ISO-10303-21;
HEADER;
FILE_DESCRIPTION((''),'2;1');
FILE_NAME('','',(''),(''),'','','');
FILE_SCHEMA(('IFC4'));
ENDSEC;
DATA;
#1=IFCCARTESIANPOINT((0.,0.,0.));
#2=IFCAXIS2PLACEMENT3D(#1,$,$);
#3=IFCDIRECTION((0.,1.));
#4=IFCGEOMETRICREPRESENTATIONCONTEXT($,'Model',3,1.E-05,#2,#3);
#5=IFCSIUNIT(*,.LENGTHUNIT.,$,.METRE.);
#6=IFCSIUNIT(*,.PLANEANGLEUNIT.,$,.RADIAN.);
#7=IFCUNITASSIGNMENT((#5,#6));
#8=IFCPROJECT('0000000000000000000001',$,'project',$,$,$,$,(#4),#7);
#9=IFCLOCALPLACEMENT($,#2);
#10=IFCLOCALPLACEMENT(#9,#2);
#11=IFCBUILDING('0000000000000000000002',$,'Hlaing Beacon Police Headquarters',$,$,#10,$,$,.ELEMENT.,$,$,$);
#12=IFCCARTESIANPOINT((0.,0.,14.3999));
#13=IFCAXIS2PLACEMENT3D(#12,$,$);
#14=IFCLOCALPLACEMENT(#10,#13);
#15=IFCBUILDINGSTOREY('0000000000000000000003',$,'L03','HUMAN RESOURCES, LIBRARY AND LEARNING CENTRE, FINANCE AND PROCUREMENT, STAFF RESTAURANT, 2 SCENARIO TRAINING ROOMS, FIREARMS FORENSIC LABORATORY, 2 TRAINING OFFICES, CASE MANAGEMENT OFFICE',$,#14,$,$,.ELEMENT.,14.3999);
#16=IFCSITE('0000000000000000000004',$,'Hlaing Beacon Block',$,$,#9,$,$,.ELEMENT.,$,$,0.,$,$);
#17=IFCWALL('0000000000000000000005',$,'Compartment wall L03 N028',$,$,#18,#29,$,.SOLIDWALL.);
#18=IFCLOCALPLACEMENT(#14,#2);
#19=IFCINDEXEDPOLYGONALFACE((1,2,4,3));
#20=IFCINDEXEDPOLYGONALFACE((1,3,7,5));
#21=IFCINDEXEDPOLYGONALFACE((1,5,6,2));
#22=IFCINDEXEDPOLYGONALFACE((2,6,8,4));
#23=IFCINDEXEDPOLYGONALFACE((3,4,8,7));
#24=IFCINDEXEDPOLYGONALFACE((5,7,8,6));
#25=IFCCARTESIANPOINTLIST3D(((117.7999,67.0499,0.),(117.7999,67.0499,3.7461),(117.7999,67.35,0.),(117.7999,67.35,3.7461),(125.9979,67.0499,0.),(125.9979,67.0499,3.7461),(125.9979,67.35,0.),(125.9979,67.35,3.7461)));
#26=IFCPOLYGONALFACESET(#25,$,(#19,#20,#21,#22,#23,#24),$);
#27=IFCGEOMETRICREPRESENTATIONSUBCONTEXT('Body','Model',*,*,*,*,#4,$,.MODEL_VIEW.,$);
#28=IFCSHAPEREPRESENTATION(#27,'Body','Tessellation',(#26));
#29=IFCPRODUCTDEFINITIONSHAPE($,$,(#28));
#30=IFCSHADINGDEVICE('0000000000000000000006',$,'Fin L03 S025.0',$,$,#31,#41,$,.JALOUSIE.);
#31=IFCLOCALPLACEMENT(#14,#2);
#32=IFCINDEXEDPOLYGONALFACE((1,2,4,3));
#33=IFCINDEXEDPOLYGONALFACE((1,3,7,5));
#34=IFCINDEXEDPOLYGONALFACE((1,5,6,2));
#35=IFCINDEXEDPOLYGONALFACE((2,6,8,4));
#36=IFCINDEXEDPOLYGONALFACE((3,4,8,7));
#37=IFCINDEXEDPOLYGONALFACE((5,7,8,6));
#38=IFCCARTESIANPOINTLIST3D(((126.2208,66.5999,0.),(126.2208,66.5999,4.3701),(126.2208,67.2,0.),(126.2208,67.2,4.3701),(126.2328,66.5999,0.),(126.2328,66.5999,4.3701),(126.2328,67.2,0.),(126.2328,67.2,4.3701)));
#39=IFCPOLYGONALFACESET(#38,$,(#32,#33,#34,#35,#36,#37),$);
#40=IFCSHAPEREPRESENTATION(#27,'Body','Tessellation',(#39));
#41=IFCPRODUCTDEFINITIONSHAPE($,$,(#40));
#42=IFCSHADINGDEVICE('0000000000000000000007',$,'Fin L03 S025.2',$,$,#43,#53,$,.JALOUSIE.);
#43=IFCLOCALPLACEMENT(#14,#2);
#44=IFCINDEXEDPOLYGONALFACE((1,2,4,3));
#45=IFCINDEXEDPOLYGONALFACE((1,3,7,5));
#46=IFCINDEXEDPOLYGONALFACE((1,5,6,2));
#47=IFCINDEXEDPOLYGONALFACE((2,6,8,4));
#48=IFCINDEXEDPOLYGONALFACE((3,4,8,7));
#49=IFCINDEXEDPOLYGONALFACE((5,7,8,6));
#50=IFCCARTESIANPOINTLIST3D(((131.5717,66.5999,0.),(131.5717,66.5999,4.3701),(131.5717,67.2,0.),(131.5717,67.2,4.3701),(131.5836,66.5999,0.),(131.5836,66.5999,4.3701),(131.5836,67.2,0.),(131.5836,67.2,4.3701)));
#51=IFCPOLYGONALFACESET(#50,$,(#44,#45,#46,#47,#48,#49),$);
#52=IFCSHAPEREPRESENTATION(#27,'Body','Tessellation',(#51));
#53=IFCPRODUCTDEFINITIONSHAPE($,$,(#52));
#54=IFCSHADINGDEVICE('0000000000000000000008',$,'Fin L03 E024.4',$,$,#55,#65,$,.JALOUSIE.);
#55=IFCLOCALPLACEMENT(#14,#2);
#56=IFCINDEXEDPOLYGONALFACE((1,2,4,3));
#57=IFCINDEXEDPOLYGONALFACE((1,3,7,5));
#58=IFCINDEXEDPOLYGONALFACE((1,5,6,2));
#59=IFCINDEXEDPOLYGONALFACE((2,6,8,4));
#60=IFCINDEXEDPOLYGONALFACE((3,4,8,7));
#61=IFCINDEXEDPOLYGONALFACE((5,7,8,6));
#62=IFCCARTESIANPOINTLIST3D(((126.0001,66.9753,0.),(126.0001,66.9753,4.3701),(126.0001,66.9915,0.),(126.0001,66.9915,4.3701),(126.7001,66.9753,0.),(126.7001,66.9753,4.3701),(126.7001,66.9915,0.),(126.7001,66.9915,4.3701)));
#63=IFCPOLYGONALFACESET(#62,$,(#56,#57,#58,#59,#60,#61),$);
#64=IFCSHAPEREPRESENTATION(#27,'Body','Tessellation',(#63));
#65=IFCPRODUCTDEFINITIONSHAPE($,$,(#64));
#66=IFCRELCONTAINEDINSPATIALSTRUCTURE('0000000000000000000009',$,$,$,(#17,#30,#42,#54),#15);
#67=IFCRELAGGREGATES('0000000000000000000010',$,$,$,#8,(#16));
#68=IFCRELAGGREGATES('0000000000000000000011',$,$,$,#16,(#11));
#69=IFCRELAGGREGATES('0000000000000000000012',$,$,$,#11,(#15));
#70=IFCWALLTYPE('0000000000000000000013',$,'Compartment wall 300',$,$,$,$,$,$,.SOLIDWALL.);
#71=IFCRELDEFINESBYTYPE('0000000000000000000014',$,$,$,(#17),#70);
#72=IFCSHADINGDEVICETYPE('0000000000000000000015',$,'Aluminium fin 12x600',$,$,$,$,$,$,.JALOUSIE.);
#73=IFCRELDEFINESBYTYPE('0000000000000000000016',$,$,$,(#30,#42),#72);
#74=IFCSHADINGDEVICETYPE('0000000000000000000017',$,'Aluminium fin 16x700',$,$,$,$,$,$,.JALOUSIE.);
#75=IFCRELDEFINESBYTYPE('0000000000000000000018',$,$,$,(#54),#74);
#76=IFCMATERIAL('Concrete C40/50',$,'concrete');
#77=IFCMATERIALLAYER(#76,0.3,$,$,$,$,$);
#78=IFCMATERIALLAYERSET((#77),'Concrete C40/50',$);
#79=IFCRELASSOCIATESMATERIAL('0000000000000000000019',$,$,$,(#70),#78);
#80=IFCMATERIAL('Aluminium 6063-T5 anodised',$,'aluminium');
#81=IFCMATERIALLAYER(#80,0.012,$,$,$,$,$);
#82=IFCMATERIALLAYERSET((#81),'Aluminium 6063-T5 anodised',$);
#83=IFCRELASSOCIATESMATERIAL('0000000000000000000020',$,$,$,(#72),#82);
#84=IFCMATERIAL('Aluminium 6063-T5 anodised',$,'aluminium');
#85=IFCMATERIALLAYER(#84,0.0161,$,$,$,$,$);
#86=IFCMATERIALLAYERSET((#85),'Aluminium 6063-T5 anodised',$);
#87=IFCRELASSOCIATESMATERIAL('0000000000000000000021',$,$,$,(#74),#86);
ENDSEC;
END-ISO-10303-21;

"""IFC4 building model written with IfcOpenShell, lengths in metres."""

from ifc_helpers import new_model, si_unit, direction, frame, frame_2d, origin, origin_2d, place, context, subcontext, project, spatial, rectangle, extrude, material, layer, layer_set, type_object, element, save


model = new_model("IFC4")

# Units and contexts
model_context = context("Model", 3, precision=1e-05, world=origin(), true_north=direction((0.0, 1.0)))
body_context = subcontext(model_context, "Body", "Model", "MODEL_VIEW")
ifc_project = project(units=[si_unit("LENGTHUNIT", "METRE"), si_unit("PLANEANGLEUNIT", "RADIAN")], contexts=[model_context])

# Site, building, storey
site_placement = place(None, origin())
site = spatial("IfcSite", under=ifc_project, at=site_placement, Name="Hlaing Beacon Block", CompositionType="ELEMENT", RefElevation=0.0)
building_placement = place(site_placement, origin())
building = spatial("IfcBuilding", under=site, at=building_placement, Name="Hlaing Beacon Police Headquarters", CompositionType="ELEMENT")
storey_placement = place(building_placement, frame((0.0, 0.0, 14.3999)))
storey = spatial("IfcBuildingStorey", under=building, at=storey_placement, Name="L03", Description="HUMAN RESOURCES, LIBRARY AND LEARNING CENTRE, FINANCE AND PROCUREMENT, STAFF RESTAURANT, 2 SCENARIO TRAINING ROOMS, FIREARMS FORENSIC LABORATORY, 2 TRAINING OFFICES, CASE MANAGEMENT OFFICE", CompositionType="ELEMENT", Elevation=14.3999)

# Wall
ifc_material_1 = material(Name="Concrete C40/50", Category="concrete")
ifc_layer_1 = layer(ifc_material_1, 0.3)
ifc_layer_set_1 = layer_set([ifc_layer_1], Name="Concrete C40/50")
wall_type = type_object("IfcWallType", Name="Compartment wall 300", PredefinedType="SOLIDWALL", material=ifc_layer_set_1)
wall_placement = place(storey_placement, frame((125.998, 67.2, 0.0), z_axis=(0.0, 0.0, 1.0), x_axis=(-1.0, 0.0, 0.0)))
element("IfcWall", 1, at=wall_placement, inside=storey, type_object=wall_type, Name="Compartment wall L03 N028", PredefinedType="SOLIDWALL", context=body_context, shape_type="SweptSolid", body=[
    extrude(rectangle(XDim=8.198, YDim=0.3, at=frame_2d((4.0991, 0.0))), origin(), (0.0, 0.0, 1.0), 3.7461),
])

# Shading devices
ifc_material_2 = material(Name="Aluminium 6063-T5 anodised", Category="aluminium")
ifc_layer_2 = layer(ifc_material_2, 0.012)
ifc_layer_set_2 = layer_set([ifc_layer_2], Name="Aluminium 6063-T5 anodised")
shading_device_type_1 = type_object("IfcShadingDeviceType", Name="Aluminium fin 12x600", PredefinedType="JALOUSIE", material=ifc_layer_set_2)
for number, where, z_axis, x_axis, name in (
    (2, (126.2268, 66.8999, 0.0), (0.0, 0.0, 1.0), (1.0, 0.0, 0.0), "Fin L03 S025.0"),
    (3, (131.5776, 66.8999, 0.0), (0.0, 0.0, 1.0), (1.0, 0.0, 0.0), "Fin L03 S025.2"),
):
    element("IfcShadingDevice", number, at=place(storey_placement, frame(where, z_axis=z_axis, x_axis=x_axis)), inside=storey, type_object=shading_device_type_1, Name=name, PredefinedType="JALOUSIE", context=body_context, shape_type="SweptSolid", body=[
        extrude(rectangle(XDim=0.012, YDim=0.6001, at=origin_2d()), origin(), (0.0, 0.0, 1.0), 4.3701),
    ])
ifc_material_3 = material(Name="Aluminium 6063-T5 anodised", Category="aluminium")
ifc_layer_3 = layer(ifc_material_3, 0.0161)
ifc_layer_set_3 = layer_set([ifc_layer_3], Name="Aluminium 6063-T5 anodised")
shading_device_type_2 = type_object("IfcShadingDeviceType", Name="Aluminium fin 16x700", PredefinedType="JALOUSIE", material=ifc_layer_set_3)
shading_device_placement = place(storey_placement, frame((126.3501, 66.9834, 0.0), z_axis=(0.0, 0.0, 1.0), x_axis=(0.0, 1.0, 0.0)))
element("IfcShadingDevice", 4, at=shading_device_placement, inside=storey, type_object=shading_device_type_2, Name="Fin L03 E024.4", PredefinedType="JALOUSIE", context=body_context, shape_type="SweptSolid", body=[
    extrude(rectangle(XDim=0.0161, YDim=0.7, at=origin_2d()), origin(), (0.0, 0.0, 1.0), 4.3701),
])

save(model, "model.ifc")
